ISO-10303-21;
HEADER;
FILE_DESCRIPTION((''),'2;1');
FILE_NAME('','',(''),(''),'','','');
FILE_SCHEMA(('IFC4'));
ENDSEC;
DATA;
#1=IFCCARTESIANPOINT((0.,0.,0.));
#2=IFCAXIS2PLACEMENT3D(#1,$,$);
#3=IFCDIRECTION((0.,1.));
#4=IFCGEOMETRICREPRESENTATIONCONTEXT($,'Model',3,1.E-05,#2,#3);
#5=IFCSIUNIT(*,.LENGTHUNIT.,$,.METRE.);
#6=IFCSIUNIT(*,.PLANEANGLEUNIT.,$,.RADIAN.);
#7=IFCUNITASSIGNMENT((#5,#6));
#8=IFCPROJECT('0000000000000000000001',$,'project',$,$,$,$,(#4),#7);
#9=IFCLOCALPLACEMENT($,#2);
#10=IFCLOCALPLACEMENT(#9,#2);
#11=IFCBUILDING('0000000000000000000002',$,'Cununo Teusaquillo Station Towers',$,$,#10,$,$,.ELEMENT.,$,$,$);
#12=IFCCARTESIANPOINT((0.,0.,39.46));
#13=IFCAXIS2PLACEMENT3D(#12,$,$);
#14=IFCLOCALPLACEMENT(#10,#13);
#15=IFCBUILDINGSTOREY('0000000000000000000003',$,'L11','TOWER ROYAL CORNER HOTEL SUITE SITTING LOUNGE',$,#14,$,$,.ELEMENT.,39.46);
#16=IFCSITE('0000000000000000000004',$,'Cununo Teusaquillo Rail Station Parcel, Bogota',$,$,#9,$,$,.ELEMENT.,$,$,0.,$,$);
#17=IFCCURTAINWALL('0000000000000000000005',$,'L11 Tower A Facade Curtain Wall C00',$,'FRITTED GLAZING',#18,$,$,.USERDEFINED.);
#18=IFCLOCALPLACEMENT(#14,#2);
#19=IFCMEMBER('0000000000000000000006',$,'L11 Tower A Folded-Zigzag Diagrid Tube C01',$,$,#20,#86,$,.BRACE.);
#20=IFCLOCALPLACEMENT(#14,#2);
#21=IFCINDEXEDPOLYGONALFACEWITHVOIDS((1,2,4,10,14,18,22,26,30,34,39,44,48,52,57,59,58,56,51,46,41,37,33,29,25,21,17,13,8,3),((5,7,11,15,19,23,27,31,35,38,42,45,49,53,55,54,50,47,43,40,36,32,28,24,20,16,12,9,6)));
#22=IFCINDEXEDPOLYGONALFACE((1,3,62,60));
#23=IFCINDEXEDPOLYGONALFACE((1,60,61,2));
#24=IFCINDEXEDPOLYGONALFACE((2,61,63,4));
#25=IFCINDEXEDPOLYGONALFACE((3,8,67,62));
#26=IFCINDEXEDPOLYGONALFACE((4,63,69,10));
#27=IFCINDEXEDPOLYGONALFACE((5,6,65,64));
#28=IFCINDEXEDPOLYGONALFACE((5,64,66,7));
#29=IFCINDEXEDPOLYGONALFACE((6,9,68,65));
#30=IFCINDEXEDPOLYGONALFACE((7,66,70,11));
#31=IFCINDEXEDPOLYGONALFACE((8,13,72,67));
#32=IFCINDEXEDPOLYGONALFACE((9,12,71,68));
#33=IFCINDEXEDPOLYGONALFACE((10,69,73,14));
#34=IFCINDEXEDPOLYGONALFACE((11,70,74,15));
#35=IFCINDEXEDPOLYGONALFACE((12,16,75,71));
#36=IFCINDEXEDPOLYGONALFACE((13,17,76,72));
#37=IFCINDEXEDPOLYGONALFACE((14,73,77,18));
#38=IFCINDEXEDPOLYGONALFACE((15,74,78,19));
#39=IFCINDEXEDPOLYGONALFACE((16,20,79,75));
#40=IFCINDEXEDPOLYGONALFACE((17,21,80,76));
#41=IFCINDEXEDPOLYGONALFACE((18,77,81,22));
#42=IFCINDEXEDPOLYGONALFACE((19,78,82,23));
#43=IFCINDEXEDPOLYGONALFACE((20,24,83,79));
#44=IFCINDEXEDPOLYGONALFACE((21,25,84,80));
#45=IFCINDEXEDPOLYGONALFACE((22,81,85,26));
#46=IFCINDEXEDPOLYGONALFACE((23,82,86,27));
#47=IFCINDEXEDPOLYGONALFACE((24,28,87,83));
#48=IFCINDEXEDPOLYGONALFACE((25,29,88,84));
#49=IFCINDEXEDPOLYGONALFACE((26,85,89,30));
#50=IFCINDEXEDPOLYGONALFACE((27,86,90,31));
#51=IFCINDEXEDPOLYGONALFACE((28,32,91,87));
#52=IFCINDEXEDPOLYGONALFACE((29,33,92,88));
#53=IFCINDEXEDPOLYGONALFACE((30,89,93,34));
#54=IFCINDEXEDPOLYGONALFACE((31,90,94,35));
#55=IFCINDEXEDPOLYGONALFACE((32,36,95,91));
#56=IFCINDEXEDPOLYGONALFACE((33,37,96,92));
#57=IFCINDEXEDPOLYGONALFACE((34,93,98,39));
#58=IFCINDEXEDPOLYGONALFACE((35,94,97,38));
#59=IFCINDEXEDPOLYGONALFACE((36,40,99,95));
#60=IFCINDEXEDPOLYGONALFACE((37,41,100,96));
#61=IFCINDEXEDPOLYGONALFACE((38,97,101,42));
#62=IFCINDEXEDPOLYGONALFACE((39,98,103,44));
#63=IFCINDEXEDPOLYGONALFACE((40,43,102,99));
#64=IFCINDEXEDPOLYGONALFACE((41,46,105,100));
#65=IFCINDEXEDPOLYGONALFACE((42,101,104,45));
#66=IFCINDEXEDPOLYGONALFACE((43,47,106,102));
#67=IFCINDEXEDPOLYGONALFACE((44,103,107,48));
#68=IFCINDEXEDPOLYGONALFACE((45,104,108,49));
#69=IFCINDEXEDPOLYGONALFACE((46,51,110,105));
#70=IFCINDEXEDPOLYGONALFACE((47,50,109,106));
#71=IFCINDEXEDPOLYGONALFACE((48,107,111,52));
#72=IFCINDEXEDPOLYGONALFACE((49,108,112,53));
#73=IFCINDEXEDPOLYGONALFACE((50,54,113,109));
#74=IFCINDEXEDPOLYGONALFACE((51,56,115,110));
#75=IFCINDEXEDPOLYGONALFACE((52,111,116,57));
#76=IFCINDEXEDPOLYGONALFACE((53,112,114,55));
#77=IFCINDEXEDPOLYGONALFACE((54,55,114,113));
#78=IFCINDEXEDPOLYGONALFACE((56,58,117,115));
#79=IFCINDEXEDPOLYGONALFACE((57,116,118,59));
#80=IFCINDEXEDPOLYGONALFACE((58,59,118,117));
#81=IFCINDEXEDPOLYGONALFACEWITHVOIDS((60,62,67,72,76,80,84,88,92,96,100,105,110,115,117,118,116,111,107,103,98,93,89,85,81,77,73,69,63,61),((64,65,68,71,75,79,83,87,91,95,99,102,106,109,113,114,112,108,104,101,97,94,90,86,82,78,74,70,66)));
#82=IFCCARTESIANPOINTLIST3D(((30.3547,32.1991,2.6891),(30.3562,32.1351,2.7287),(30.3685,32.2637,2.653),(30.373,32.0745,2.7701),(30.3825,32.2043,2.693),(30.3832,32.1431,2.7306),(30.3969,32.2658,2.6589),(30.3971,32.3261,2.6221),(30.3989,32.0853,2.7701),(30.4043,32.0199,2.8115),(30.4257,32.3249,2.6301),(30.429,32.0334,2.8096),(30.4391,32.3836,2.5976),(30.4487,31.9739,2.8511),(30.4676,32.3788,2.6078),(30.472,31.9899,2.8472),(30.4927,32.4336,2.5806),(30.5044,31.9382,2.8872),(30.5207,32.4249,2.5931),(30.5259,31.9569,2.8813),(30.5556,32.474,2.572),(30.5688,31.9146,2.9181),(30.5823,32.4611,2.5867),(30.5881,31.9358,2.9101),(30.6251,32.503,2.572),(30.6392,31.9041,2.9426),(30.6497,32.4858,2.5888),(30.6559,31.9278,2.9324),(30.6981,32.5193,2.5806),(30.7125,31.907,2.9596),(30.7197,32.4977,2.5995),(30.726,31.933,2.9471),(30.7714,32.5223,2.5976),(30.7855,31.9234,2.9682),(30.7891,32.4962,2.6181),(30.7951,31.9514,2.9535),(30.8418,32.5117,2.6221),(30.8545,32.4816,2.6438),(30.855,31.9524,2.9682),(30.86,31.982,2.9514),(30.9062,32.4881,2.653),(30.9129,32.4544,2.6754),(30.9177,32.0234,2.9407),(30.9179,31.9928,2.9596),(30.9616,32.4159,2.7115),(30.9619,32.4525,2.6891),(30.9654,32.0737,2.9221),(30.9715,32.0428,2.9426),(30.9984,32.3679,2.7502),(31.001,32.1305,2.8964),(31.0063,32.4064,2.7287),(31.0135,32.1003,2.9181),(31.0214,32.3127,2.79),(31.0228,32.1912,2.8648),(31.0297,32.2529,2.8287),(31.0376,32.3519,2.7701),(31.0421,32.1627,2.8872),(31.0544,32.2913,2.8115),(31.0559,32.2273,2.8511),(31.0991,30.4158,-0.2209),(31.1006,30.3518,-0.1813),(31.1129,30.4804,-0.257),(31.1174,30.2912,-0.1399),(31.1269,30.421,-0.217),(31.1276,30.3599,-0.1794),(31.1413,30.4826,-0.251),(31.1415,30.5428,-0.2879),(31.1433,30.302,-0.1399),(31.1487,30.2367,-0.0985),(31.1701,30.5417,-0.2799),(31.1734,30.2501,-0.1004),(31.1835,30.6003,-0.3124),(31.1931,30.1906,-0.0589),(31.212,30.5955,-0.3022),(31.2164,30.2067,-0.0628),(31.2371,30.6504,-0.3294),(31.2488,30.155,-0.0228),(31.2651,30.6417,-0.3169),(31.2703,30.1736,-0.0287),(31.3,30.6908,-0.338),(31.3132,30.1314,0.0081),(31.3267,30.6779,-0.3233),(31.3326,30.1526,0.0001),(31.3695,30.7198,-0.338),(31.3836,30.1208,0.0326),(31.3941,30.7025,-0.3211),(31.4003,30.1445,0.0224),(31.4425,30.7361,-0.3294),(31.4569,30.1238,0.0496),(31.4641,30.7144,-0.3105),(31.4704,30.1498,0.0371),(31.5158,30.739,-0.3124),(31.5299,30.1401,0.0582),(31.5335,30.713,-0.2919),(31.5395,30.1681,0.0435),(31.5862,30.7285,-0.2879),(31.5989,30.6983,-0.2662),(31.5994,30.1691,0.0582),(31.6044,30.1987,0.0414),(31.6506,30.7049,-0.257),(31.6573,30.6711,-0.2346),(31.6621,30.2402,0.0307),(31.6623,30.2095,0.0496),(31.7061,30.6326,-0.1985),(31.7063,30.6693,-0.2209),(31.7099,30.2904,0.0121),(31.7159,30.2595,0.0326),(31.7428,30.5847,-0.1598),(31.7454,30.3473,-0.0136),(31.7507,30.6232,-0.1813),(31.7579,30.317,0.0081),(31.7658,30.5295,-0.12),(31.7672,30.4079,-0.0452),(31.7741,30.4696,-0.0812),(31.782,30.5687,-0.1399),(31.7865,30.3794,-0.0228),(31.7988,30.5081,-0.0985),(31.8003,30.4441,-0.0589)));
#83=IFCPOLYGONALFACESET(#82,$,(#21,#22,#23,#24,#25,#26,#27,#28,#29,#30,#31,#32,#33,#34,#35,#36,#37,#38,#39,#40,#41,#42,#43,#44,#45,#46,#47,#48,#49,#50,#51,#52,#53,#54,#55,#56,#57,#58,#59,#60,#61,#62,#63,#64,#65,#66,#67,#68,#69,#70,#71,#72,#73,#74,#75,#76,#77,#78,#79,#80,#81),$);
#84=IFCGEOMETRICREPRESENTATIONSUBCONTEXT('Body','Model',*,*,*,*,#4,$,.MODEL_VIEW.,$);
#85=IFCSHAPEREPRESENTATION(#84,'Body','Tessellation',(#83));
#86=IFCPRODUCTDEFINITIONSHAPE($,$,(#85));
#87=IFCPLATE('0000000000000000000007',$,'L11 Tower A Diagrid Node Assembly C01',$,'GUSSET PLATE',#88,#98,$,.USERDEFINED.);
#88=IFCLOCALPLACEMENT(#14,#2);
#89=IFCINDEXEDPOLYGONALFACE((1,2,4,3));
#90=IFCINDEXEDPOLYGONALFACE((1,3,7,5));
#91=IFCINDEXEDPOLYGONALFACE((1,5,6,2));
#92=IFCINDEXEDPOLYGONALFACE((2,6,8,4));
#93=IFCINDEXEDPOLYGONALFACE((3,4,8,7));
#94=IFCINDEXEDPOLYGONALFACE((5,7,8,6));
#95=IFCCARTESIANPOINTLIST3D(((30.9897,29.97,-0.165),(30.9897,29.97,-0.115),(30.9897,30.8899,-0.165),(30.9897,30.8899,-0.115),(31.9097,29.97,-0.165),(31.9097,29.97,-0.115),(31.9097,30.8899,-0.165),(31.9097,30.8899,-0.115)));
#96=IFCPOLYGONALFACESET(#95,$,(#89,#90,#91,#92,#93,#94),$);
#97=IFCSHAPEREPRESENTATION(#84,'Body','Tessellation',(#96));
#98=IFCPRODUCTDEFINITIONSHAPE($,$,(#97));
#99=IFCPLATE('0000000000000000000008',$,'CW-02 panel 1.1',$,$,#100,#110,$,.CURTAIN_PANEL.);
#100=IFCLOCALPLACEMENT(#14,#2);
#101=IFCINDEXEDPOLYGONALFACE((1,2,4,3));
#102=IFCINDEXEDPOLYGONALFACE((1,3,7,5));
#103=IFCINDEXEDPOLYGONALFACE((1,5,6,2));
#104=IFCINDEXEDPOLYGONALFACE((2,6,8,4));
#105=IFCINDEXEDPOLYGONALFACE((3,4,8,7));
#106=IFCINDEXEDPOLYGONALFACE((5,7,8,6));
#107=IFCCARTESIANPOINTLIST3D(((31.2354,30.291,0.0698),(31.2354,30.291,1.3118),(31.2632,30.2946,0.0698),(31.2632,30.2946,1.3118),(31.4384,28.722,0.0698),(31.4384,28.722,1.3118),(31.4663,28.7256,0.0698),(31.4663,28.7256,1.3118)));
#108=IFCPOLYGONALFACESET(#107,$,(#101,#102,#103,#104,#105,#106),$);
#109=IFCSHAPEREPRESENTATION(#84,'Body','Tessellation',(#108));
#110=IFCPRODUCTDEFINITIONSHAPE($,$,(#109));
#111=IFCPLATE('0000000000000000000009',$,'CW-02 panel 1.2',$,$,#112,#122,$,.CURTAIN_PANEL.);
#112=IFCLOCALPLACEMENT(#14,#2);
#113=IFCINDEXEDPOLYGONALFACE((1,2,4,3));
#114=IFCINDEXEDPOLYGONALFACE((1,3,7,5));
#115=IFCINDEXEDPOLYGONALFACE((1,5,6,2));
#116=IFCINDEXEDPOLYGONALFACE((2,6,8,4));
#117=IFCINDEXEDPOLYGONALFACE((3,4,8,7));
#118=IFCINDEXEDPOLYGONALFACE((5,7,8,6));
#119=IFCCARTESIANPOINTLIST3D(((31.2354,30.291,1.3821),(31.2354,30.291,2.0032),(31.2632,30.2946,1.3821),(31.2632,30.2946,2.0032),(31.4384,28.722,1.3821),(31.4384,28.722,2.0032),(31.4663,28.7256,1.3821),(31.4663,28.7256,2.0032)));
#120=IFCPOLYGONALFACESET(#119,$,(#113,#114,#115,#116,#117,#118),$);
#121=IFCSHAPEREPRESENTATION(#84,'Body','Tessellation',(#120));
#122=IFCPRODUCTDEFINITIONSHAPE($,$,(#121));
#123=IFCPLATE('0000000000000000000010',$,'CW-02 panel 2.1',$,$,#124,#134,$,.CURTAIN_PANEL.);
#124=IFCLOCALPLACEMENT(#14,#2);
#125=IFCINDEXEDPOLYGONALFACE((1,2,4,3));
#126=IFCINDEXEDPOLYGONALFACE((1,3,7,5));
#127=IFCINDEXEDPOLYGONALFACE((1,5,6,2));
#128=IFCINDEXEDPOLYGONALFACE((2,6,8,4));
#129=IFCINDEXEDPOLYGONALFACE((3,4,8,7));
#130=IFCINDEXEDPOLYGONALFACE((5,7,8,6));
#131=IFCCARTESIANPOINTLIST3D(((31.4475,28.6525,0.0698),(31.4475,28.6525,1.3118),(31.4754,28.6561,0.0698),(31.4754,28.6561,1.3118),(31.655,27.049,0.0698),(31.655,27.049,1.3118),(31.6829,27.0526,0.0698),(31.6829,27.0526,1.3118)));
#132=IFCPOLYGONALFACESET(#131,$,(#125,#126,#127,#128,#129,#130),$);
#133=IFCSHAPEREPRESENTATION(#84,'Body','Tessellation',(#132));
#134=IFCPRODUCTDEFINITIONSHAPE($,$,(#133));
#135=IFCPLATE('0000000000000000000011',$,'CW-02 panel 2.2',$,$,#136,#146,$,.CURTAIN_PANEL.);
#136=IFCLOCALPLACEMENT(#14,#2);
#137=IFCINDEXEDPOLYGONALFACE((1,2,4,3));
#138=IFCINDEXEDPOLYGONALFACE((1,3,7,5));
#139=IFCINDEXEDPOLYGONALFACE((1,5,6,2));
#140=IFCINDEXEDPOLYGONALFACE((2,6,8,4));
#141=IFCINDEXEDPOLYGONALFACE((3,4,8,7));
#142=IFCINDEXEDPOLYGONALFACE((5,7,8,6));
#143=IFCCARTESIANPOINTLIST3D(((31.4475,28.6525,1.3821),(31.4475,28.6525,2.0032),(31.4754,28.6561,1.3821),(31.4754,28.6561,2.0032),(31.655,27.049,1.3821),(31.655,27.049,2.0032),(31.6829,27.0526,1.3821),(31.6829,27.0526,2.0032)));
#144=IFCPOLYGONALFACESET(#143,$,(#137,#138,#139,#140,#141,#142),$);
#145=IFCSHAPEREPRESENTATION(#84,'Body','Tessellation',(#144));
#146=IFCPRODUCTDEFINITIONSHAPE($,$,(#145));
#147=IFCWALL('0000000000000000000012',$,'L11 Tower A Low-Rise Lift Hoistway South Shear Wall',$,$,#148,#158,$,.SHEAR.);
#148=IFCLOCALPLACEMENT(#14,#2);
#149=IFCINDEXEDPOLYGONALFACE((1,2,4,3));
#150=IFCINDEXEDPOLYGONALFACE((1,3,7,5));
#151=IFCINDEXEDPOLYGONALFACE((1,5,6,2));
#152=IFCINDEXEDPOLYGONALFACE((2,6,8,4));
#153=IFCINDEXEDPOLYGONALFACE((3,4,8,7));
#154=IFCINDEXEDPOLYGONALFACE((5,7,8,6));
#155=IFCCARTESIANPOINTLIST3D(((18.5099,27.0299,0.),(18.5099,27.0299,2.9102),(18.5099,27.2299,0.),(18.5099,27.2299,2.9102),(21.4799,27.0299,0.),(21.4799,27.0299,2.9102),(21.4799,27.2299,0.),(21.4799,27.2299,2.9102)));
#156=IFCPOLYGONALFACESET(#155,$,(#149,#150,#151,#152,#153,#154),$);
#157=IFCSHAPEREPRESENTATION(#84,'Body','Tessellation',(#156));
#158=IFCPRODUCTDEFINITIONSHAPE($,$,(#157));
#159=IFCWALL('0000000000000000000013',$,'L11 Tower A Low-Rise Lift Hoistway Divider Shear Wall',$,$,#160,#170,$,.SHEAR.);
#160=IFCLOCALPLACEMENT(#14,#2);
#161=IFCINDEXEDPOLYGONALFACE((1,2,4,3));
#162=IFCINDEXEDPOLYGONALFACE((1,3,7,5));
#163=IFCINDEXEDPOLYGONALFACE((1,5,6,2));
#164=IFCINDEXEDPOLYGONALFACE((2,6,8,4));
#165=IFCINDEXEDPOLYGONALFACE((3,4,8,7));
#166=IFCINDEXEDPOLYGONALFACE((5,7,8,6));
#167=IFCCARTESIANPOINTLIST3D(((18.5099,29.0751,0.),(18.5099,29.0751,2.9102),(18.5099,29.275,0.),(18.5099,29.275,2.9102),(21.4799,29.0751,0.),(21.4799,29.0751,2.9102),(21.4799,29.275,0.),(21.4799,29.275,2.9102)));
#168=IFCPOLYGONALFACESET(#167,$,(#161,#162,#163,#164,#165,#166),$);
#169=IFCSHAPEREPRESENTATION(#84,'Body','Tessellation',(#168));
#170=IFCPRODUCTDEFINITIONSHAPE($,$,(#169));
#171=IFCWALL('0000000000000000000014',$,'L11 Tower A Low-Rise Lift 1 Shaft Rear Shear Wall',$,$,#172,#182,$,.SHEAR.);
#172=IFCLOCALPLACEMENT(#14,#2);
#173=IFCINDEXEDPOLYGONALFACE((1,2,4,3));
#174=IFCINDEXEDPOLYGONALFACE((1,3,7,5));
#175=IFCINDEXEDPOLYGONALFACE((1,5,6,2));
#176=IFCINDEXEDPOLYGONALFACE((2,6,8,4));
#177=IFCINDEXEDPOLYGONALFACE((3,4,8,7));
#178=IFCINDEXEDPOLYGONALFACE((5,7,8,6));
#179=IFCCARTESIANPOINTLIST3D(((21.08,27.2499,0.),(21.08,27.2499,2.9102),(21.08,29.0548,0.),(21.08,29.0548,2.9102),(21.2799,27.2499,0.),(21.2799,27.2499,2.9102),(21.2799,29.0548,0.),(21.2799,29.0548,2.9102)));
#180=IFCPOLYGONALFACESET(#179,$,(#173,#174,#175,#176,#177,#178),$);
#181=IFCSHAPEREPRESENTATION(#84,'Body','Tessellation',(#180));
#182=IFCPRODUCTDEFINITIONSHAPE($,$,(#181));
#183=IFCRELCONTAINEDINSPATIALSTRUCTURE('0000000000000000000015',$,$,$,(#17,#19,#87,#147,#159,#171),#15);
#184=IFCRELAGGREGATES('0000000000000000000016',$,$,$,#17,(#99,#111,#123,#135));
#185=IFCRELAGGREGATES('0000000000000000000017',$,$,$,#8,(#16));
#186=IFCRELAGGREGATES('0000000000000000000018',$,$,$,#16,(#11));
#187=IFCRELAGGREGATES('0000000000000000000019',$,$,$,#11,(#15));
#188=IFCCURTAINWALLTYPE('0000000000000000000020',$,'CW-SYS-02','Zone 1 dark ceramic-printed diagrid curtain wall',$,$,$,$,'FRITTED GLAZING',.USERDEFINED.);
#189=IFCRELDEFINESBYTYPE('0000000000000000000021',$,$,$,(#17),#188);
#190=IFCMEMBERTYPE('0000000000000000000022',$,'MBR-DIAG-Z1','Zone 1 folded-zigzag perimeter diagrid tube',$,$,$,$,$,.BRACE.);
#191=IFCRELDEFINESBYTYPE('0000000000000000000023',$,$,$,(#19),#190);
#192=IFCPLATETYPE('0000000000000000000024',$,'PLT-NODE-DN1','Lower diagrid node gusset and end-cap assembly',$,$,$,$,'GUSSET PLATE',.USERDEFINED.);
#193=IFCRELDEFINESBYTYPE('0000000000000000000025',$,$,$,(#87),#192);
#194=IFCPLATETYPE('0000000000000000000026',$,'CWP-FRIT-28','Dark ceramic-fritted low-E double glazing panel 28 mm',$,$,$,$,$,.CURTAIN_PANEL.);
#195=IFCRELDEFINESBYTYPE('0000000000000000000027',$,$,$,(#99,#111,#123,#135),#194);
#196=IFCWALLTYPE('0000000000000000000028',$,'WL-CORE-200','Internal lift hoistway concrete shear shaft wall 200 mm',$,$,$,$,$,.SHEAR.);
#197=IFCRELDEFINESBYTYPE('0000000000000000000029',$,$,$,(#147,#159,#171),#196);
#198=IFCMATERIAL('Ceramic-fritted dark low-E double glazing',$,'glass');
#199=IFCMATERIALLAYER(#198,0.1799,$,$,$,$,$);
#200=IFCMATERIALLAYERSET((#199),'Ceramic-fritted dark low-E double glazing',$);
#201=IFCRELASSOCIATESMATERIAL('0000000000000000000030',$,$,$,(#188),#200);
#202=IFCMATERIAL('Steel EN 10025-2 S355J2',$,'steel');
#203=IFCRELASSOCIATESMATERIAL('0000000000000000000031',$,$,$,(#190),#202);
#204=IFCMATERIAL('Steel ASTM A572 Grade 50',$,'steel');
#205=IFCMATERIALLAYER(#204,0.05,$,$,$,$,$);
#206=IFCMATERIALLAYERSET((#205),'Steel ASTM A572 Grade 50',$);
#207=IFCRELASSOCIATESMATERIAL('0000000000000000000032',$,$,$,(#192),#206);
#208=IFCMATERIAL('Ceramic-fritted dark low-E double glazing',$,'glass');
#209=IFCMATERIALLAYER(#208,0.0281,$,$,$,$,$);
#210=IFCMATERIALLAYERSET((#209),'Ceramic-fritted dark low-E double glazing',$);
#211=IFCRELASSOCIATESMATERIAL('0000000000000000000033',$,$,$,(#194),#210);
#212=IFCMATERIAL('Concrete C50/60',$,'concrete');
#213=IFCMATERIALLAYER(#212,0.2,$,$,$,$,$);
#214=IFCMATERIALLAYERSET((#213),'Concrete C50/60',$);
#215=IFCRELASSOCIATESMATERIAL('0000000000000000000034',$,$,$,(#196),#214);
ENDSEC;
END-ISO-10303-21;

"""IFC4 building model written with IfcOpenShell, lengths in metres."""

from ifc_helpers import new_model, si_unit, direction, frame, frame_2d, origin, origin_2d, place, context, subcontext, project, spatial, rectangle, hollow_circle, extrude, source, transform, mapped, material, layer, layer_set, material_profile, profile_set, type_object, element, aggregate, save


model = new_model("IFC4")

# Units and contexts
model_context = context("Model", 3, precision=1e-05, world=origin(), true_north=direction((0.0, 1.0)))
body_context = subcontext(model_context, "Body", "Model", "MODEL_VIEW")
ifc_project = project(units=[si_unit("LENGTHUNIT", "METRE"), si_unit("PLANEANGLEUNIT", "RADIAN")], contexts=[model_context])

# Site, building, storey
site_placement = place(None, origin())
site = spatial("IfcSite", under=ifc_project, at=site_placement, Name="Cununo Teusaquillo Rail Station Parcel, Bogota", CompositionType="ELEMENT", RefElevation=0.0)
building_placement = place(site_placement, origin())
building = spatial("IfcBuilding", under=site, at=building_placement, Name="Cununo Teusaquillo Station Towers", CompositionType="ELEMENT")
storey_placement = place(building_placement, frame((0.0, 0.0, 39.46)))
storey = spatial("IfcBuildingStorey", under=building, at=storey_placement, Name="L11", Description="TOWER ROYAL CORNER HOTEL SUITE SITTING LOUNGE", CompositionType="ELEMENT", Elevation=39.46)

# Curtain wall
ifc_material_1 = material(Name="Ceramic-fritted dark low-E double glazing", Category="glass")
ifc_layer_1 = layer(ifc_material_1, 0.1799)
ifc_layer_set_1 = layer_set([ifc_layer_1], Name="Ceramic-fritted dark low-E double glazing")
curtain_wall_type = type_object("IfcCurtainWallType", Name="CW-SYS-02", Description="Zone 1 dark ceramic-printed diagrid curtain wall", ElementType="FRITTED GLAZING", PredefinedType="USERDEFINED", material=ifc_layer_set_1)
curtain_wall_placement = place(storey_placement, origin())
curtain_wall = element("IfcCurtainWall", 1, at=curtain_wall_placement, inside=storey, type_object=curtain_wall_type, Name="L11 Tower A Facade Curtain Wall C00", ObjectType="FRITTED GLAZING", PredefinedType="USERDEFINED")

# Member
ifc_material_2 = material(Name="Steel EN 10025-2 S355J2", Category="steel")
ifc_material_profile_1 = material_profile(ifc_material_2, hollow_circle(Radius=0.3601, WallThickness=0.0281, at=origin_2d()), Name="CHS 720x28")
ifc_profile_set_1 = profile_set([ifc_material_profile_1], Name="Steel EN 10025-2 S355J2")
member_type_1 = type_object("IfcMemberType", Name="MBR-DIAG-Z1", Description="Zone 1 folded-zigzag perimeter diagrid tube", PredefinedType="BRACE", material=ifc_profile_set_1)
member_1_placement = place(storey_placement, frame((31.4497, 30.4299, -0.1399), z_axis=(-0.213104, 0.510498, 0.833054), x_axis=(-0.922823, -0.385225, 0.0)))
element("IfcMember", 2, at=member_1_placement, inside=storey, type_object=member_type_1, Name="L11 Tower A Folded-Zigzag Diagrid Tube C01", PredefinedType="BRACE", context=body_context, shape_type="SweptSolid", body=[
    extrude(hollow_circle(Radius=0.3601, WallThickness=0.0281, at=origin_2d()), origin(), (0.0, 0.0, 1.0), 3.4932),
])

# Plates
ifc_material_3 = material(Name="Steel ASTM A572 Grade 50", Category="steel")
ifc_layer_2 = layer(ifc_material_3, 0.05)
ifc_layer_set_2 = layer_set([ifc_layer_2], Name="Steel ASTM A572 Grade 50")
plate_type_1 = type_object("IfcPlateType", Name="PLT-NODE-DN1", Description="Lower diagrid node gusset and end-cap assembly", ElementType="GUSSET PLATE", PredefinedType="USERDEFINED", material=ifc_layer_set_2)
shared_shape_1 = source(origin(), body_context, "Body", "SweptSolid", [
    extrude(rectangle(XDim=0.9199, YDim=0.9199, at=origin_2d()), origin(), (0.0, 0.0, 1.0), 0.05),
])
plate_1_placement = place(storey_placement, frame((31.4497, 30.4299, -0.165), z_axis=(0.0, 0.0, 1.0), x_axis=(1.0, 0.0, 0.0)))
element("IfcPlate", 3, at=plate_1_placement, inside=storey, type_object=plate_type_1, Name="L11 Tower A Diagrid Node Assembly C01", ObjectType="GUSSET PLATE", PredefinedType="USERDEFINED", context=body_context, shape_type="MappedRepresentation", body=[
    mapped(shared_shape_1, transform((0.0, 0.0, 0.0), x_axis=(1.0, 0.0, 0.0), y_axis=(0.0, 1.0, 0.0), z_axis=(0.0, 0.0, 1.0), scale=1.0)),
])
ifc_material_4 = material(Name="Ceramic-fritted dark low-E double glazing", Category="glass")
ifc_layer_3 = layer(ifc_material_4, 0.0281)
ifc_layer_set_3 = layer_set([ifc_layer_3], Name="Ceramic-fritted dark low-E double glazing")
plate_type_2 = type_object("IfcPlateType", Name="CWP-FRIT-28", Description="Dark ceramic-fritted low-E double glazing panel 28 mm", PredefinedType="CURTAIN_PANEL", material=ifc_layer_set_3)
shared_shape_2 = source(origin(), body_context, "Body", "SweptSolid", [
    extrude(rectangle(XDim=1.582, YDim=0.0281, at=origin_2d()), origin(), (0.0, 0.0, 1.0), 1.2419),
])
plate_2_placement = place(storey_placement, frame((31.3508, 29.5083, 0.0698), z_axis=(0.0, 0.0, 1.0), x_axis=(0.128336, -0.991731, 0.0)))
plate_2 = element("IfcPlate", 4, at=plate_2_placement, type_object=plate_type_2, Name="CW-02 panel 1.1", PredefinedType="CURTAIN_PANEL", context=body_context, shape_type="MappedRepresentation", body=[
    mapped(shared_shape_2, transform((0.0, 0.0, 0.0), x_axis=(1.0, 0.0, 0.0), y_axis=(0.0, 1.0, 0.0), z_axis=(0.0, 0.0, 1.0), scale=1.0)),
])
shared_shape_3 = source(origin(), body_context, "Body", "SweptSolid", [
    extrude(rectangle(XDim=1.582, YDim=0.0281, at=origin_2d()), origin(), (0.0, 0.0, 1.0), 0.6211),
])
plate_3_placement = place(storey_placement, frame((31.3508, 29.5083, 1.3821), z_axis=(0.0, 0.0, 1.0), x_axis=(0.128336, -0.991731, 0.0)))
plate_3 = element("IfcPlate", 5, at=plate_3_placement, type_object=plate_type_2, Name="CW-02 panel 1.2", PredefinedType="CURTAIN_PANEL", context=body_context, shape_type="MappedRepresentation", body=[
    mapped(shared_shape_3, transform((0.0, 0.0, 0.0), x_axis=(1.0, 0.0, 0.0), y_axis=(0.0, 1.0, 0.0), z_axis=(0.0, 0.0, 1.0), scale=1.0)),
])
shared_shape_4 = source(origin(), body_context, "Body", "SweptSolid", [
    extrude(rectangle(XDim=1.6169, YDim=0.0281, at=origin_2d()), origin(), (0.0, 0.0, 1.0), 1.2419),
])
plate_4_placement = place(storey_placement, frame((31.5652, 27.8525, 0.0698), z_axis=(0.0, 0.0, 1.0), x_axis=(0.128336, -0.991731, 0.0)))
plate_4 = element("IfcPlate", 6, at=plate_4_placement, type_object=plate_type_2, Name="CW-02 panel 2.1", PredefinedType="CURTAIN_PANEL", context=body_context, shape_type="MappedRepresentation", body=[
    mapped(shared_shape_4, transform((0.0, 0.0, 0.0), x_axis=(1.0, 0.0, 0.0), y_axis=(0.0, 1.0, 0.0), z_axis=(0.0, 0.0, 1.0), scale=1.0)),
])
shared_shape_5 = source(origin(), body_context, "Body", "SweptSolid", [
    extrude(rectangle(XDim=1.6169, YDim=0.0281, at=origin_2d()), origin(), (0.0, 0.0, 1.0), 0.6211),
])
plate_5_placement = place(storey_placement, frame((31.5652, 27.8525, 1.3821), z_axis=(0.0, 0.0, 1.0), x_axis=(0.128336, -0.991731, 0.0)))
plate_5 = element("IfcPlate", 7, at=plate_5_placement, type_object=plate_type_2, Name="CW-02 panel 2.2", PredefinedType="CURTAIN_PANEL", context=body_context, shape_type="MappedRepresentation", body=[
    mapped(shared_shape_5, transform((0.0, 0.0, 0.0), x_axis=(1.0, 0.0, 0.0), y_axis=(0.0, 1.0, 0.0), z_axis=(0.0, 0.0, 1.0), scale=1.0)),
])
aggregate(curtain_wall, [plate_2, plate_3, plate_4, plate_5])

# Walls
ifc_material_5 = material(Name="Concrete C50/60", Category="concrete")
ifc_layer_4 = layer(ifc_material_5, 0.2)
ifc_layer_set_4 = layer_set([ifc_layer_4], Name="Concrete C50/60")
wall_type_1 = type_object("IfcWallType", Name="WL-CORE-200", Description="Internal lift hoistway concrete shear shaft wall 200 mm", PredefinedType="SHEAR", material=ifc_layer_set_4)
for number, where, z_axis, x_axis, name in (
    (8, (18.51, 27.1299, 0.0), (0.0, 0.0, 1.0), (1.0, 0.0, 0.0), "L11 Tower A Low-Rise Lift Hoistway South Shear Wall"),
    (9, (18.51, 29.175, 0.0), (0.0, 0.0, 1.0), (1.0, 0.0, 0.0), "L11 Tower A Low-Rise Lift Hoistway Divider Shear Wall"),
):
    element("IfcWall", number, at=place(storey_placement, frame(where, z_axis=z_axis, x_axis=x_axis)), inside=storey, type_object=wall_type_1, Name=name, PredefinedType="SHEAR", context=body_context, shape_type="SweptSolid", body=[
        extrude(rectangle(XDim=2.97, YDim=0.2, at=frame_2d((1.4849, 0.0))), origin(), (0.0, 0.0, 1.0), 2.9102),
    ])
wall_1_placement = place(storey_placement, frame((21.1799, 27.25, 0.0), z_axis=(0.0, 0.0, 1.0), x_axis=(0.0, 1.0, 0.0)))
element("IfcWall", 10, at=wall_1_placement, inside=storey, type_object=wall_type_1, Name="L11 Tower A Low-Rise Lift 1 Shaft Rear Shear Wall", PredefinedType="SHEAR", context=body_context, shape_type="SweptSolid", body=[
    extrude(rectangle(XDim=1.8049, YDim=0.2, at=frame_2d((0.9023, 0.0))), origin(), (0.0, 0.0, 1.0), 2.9102),
])

save(model, "model.ifc")
